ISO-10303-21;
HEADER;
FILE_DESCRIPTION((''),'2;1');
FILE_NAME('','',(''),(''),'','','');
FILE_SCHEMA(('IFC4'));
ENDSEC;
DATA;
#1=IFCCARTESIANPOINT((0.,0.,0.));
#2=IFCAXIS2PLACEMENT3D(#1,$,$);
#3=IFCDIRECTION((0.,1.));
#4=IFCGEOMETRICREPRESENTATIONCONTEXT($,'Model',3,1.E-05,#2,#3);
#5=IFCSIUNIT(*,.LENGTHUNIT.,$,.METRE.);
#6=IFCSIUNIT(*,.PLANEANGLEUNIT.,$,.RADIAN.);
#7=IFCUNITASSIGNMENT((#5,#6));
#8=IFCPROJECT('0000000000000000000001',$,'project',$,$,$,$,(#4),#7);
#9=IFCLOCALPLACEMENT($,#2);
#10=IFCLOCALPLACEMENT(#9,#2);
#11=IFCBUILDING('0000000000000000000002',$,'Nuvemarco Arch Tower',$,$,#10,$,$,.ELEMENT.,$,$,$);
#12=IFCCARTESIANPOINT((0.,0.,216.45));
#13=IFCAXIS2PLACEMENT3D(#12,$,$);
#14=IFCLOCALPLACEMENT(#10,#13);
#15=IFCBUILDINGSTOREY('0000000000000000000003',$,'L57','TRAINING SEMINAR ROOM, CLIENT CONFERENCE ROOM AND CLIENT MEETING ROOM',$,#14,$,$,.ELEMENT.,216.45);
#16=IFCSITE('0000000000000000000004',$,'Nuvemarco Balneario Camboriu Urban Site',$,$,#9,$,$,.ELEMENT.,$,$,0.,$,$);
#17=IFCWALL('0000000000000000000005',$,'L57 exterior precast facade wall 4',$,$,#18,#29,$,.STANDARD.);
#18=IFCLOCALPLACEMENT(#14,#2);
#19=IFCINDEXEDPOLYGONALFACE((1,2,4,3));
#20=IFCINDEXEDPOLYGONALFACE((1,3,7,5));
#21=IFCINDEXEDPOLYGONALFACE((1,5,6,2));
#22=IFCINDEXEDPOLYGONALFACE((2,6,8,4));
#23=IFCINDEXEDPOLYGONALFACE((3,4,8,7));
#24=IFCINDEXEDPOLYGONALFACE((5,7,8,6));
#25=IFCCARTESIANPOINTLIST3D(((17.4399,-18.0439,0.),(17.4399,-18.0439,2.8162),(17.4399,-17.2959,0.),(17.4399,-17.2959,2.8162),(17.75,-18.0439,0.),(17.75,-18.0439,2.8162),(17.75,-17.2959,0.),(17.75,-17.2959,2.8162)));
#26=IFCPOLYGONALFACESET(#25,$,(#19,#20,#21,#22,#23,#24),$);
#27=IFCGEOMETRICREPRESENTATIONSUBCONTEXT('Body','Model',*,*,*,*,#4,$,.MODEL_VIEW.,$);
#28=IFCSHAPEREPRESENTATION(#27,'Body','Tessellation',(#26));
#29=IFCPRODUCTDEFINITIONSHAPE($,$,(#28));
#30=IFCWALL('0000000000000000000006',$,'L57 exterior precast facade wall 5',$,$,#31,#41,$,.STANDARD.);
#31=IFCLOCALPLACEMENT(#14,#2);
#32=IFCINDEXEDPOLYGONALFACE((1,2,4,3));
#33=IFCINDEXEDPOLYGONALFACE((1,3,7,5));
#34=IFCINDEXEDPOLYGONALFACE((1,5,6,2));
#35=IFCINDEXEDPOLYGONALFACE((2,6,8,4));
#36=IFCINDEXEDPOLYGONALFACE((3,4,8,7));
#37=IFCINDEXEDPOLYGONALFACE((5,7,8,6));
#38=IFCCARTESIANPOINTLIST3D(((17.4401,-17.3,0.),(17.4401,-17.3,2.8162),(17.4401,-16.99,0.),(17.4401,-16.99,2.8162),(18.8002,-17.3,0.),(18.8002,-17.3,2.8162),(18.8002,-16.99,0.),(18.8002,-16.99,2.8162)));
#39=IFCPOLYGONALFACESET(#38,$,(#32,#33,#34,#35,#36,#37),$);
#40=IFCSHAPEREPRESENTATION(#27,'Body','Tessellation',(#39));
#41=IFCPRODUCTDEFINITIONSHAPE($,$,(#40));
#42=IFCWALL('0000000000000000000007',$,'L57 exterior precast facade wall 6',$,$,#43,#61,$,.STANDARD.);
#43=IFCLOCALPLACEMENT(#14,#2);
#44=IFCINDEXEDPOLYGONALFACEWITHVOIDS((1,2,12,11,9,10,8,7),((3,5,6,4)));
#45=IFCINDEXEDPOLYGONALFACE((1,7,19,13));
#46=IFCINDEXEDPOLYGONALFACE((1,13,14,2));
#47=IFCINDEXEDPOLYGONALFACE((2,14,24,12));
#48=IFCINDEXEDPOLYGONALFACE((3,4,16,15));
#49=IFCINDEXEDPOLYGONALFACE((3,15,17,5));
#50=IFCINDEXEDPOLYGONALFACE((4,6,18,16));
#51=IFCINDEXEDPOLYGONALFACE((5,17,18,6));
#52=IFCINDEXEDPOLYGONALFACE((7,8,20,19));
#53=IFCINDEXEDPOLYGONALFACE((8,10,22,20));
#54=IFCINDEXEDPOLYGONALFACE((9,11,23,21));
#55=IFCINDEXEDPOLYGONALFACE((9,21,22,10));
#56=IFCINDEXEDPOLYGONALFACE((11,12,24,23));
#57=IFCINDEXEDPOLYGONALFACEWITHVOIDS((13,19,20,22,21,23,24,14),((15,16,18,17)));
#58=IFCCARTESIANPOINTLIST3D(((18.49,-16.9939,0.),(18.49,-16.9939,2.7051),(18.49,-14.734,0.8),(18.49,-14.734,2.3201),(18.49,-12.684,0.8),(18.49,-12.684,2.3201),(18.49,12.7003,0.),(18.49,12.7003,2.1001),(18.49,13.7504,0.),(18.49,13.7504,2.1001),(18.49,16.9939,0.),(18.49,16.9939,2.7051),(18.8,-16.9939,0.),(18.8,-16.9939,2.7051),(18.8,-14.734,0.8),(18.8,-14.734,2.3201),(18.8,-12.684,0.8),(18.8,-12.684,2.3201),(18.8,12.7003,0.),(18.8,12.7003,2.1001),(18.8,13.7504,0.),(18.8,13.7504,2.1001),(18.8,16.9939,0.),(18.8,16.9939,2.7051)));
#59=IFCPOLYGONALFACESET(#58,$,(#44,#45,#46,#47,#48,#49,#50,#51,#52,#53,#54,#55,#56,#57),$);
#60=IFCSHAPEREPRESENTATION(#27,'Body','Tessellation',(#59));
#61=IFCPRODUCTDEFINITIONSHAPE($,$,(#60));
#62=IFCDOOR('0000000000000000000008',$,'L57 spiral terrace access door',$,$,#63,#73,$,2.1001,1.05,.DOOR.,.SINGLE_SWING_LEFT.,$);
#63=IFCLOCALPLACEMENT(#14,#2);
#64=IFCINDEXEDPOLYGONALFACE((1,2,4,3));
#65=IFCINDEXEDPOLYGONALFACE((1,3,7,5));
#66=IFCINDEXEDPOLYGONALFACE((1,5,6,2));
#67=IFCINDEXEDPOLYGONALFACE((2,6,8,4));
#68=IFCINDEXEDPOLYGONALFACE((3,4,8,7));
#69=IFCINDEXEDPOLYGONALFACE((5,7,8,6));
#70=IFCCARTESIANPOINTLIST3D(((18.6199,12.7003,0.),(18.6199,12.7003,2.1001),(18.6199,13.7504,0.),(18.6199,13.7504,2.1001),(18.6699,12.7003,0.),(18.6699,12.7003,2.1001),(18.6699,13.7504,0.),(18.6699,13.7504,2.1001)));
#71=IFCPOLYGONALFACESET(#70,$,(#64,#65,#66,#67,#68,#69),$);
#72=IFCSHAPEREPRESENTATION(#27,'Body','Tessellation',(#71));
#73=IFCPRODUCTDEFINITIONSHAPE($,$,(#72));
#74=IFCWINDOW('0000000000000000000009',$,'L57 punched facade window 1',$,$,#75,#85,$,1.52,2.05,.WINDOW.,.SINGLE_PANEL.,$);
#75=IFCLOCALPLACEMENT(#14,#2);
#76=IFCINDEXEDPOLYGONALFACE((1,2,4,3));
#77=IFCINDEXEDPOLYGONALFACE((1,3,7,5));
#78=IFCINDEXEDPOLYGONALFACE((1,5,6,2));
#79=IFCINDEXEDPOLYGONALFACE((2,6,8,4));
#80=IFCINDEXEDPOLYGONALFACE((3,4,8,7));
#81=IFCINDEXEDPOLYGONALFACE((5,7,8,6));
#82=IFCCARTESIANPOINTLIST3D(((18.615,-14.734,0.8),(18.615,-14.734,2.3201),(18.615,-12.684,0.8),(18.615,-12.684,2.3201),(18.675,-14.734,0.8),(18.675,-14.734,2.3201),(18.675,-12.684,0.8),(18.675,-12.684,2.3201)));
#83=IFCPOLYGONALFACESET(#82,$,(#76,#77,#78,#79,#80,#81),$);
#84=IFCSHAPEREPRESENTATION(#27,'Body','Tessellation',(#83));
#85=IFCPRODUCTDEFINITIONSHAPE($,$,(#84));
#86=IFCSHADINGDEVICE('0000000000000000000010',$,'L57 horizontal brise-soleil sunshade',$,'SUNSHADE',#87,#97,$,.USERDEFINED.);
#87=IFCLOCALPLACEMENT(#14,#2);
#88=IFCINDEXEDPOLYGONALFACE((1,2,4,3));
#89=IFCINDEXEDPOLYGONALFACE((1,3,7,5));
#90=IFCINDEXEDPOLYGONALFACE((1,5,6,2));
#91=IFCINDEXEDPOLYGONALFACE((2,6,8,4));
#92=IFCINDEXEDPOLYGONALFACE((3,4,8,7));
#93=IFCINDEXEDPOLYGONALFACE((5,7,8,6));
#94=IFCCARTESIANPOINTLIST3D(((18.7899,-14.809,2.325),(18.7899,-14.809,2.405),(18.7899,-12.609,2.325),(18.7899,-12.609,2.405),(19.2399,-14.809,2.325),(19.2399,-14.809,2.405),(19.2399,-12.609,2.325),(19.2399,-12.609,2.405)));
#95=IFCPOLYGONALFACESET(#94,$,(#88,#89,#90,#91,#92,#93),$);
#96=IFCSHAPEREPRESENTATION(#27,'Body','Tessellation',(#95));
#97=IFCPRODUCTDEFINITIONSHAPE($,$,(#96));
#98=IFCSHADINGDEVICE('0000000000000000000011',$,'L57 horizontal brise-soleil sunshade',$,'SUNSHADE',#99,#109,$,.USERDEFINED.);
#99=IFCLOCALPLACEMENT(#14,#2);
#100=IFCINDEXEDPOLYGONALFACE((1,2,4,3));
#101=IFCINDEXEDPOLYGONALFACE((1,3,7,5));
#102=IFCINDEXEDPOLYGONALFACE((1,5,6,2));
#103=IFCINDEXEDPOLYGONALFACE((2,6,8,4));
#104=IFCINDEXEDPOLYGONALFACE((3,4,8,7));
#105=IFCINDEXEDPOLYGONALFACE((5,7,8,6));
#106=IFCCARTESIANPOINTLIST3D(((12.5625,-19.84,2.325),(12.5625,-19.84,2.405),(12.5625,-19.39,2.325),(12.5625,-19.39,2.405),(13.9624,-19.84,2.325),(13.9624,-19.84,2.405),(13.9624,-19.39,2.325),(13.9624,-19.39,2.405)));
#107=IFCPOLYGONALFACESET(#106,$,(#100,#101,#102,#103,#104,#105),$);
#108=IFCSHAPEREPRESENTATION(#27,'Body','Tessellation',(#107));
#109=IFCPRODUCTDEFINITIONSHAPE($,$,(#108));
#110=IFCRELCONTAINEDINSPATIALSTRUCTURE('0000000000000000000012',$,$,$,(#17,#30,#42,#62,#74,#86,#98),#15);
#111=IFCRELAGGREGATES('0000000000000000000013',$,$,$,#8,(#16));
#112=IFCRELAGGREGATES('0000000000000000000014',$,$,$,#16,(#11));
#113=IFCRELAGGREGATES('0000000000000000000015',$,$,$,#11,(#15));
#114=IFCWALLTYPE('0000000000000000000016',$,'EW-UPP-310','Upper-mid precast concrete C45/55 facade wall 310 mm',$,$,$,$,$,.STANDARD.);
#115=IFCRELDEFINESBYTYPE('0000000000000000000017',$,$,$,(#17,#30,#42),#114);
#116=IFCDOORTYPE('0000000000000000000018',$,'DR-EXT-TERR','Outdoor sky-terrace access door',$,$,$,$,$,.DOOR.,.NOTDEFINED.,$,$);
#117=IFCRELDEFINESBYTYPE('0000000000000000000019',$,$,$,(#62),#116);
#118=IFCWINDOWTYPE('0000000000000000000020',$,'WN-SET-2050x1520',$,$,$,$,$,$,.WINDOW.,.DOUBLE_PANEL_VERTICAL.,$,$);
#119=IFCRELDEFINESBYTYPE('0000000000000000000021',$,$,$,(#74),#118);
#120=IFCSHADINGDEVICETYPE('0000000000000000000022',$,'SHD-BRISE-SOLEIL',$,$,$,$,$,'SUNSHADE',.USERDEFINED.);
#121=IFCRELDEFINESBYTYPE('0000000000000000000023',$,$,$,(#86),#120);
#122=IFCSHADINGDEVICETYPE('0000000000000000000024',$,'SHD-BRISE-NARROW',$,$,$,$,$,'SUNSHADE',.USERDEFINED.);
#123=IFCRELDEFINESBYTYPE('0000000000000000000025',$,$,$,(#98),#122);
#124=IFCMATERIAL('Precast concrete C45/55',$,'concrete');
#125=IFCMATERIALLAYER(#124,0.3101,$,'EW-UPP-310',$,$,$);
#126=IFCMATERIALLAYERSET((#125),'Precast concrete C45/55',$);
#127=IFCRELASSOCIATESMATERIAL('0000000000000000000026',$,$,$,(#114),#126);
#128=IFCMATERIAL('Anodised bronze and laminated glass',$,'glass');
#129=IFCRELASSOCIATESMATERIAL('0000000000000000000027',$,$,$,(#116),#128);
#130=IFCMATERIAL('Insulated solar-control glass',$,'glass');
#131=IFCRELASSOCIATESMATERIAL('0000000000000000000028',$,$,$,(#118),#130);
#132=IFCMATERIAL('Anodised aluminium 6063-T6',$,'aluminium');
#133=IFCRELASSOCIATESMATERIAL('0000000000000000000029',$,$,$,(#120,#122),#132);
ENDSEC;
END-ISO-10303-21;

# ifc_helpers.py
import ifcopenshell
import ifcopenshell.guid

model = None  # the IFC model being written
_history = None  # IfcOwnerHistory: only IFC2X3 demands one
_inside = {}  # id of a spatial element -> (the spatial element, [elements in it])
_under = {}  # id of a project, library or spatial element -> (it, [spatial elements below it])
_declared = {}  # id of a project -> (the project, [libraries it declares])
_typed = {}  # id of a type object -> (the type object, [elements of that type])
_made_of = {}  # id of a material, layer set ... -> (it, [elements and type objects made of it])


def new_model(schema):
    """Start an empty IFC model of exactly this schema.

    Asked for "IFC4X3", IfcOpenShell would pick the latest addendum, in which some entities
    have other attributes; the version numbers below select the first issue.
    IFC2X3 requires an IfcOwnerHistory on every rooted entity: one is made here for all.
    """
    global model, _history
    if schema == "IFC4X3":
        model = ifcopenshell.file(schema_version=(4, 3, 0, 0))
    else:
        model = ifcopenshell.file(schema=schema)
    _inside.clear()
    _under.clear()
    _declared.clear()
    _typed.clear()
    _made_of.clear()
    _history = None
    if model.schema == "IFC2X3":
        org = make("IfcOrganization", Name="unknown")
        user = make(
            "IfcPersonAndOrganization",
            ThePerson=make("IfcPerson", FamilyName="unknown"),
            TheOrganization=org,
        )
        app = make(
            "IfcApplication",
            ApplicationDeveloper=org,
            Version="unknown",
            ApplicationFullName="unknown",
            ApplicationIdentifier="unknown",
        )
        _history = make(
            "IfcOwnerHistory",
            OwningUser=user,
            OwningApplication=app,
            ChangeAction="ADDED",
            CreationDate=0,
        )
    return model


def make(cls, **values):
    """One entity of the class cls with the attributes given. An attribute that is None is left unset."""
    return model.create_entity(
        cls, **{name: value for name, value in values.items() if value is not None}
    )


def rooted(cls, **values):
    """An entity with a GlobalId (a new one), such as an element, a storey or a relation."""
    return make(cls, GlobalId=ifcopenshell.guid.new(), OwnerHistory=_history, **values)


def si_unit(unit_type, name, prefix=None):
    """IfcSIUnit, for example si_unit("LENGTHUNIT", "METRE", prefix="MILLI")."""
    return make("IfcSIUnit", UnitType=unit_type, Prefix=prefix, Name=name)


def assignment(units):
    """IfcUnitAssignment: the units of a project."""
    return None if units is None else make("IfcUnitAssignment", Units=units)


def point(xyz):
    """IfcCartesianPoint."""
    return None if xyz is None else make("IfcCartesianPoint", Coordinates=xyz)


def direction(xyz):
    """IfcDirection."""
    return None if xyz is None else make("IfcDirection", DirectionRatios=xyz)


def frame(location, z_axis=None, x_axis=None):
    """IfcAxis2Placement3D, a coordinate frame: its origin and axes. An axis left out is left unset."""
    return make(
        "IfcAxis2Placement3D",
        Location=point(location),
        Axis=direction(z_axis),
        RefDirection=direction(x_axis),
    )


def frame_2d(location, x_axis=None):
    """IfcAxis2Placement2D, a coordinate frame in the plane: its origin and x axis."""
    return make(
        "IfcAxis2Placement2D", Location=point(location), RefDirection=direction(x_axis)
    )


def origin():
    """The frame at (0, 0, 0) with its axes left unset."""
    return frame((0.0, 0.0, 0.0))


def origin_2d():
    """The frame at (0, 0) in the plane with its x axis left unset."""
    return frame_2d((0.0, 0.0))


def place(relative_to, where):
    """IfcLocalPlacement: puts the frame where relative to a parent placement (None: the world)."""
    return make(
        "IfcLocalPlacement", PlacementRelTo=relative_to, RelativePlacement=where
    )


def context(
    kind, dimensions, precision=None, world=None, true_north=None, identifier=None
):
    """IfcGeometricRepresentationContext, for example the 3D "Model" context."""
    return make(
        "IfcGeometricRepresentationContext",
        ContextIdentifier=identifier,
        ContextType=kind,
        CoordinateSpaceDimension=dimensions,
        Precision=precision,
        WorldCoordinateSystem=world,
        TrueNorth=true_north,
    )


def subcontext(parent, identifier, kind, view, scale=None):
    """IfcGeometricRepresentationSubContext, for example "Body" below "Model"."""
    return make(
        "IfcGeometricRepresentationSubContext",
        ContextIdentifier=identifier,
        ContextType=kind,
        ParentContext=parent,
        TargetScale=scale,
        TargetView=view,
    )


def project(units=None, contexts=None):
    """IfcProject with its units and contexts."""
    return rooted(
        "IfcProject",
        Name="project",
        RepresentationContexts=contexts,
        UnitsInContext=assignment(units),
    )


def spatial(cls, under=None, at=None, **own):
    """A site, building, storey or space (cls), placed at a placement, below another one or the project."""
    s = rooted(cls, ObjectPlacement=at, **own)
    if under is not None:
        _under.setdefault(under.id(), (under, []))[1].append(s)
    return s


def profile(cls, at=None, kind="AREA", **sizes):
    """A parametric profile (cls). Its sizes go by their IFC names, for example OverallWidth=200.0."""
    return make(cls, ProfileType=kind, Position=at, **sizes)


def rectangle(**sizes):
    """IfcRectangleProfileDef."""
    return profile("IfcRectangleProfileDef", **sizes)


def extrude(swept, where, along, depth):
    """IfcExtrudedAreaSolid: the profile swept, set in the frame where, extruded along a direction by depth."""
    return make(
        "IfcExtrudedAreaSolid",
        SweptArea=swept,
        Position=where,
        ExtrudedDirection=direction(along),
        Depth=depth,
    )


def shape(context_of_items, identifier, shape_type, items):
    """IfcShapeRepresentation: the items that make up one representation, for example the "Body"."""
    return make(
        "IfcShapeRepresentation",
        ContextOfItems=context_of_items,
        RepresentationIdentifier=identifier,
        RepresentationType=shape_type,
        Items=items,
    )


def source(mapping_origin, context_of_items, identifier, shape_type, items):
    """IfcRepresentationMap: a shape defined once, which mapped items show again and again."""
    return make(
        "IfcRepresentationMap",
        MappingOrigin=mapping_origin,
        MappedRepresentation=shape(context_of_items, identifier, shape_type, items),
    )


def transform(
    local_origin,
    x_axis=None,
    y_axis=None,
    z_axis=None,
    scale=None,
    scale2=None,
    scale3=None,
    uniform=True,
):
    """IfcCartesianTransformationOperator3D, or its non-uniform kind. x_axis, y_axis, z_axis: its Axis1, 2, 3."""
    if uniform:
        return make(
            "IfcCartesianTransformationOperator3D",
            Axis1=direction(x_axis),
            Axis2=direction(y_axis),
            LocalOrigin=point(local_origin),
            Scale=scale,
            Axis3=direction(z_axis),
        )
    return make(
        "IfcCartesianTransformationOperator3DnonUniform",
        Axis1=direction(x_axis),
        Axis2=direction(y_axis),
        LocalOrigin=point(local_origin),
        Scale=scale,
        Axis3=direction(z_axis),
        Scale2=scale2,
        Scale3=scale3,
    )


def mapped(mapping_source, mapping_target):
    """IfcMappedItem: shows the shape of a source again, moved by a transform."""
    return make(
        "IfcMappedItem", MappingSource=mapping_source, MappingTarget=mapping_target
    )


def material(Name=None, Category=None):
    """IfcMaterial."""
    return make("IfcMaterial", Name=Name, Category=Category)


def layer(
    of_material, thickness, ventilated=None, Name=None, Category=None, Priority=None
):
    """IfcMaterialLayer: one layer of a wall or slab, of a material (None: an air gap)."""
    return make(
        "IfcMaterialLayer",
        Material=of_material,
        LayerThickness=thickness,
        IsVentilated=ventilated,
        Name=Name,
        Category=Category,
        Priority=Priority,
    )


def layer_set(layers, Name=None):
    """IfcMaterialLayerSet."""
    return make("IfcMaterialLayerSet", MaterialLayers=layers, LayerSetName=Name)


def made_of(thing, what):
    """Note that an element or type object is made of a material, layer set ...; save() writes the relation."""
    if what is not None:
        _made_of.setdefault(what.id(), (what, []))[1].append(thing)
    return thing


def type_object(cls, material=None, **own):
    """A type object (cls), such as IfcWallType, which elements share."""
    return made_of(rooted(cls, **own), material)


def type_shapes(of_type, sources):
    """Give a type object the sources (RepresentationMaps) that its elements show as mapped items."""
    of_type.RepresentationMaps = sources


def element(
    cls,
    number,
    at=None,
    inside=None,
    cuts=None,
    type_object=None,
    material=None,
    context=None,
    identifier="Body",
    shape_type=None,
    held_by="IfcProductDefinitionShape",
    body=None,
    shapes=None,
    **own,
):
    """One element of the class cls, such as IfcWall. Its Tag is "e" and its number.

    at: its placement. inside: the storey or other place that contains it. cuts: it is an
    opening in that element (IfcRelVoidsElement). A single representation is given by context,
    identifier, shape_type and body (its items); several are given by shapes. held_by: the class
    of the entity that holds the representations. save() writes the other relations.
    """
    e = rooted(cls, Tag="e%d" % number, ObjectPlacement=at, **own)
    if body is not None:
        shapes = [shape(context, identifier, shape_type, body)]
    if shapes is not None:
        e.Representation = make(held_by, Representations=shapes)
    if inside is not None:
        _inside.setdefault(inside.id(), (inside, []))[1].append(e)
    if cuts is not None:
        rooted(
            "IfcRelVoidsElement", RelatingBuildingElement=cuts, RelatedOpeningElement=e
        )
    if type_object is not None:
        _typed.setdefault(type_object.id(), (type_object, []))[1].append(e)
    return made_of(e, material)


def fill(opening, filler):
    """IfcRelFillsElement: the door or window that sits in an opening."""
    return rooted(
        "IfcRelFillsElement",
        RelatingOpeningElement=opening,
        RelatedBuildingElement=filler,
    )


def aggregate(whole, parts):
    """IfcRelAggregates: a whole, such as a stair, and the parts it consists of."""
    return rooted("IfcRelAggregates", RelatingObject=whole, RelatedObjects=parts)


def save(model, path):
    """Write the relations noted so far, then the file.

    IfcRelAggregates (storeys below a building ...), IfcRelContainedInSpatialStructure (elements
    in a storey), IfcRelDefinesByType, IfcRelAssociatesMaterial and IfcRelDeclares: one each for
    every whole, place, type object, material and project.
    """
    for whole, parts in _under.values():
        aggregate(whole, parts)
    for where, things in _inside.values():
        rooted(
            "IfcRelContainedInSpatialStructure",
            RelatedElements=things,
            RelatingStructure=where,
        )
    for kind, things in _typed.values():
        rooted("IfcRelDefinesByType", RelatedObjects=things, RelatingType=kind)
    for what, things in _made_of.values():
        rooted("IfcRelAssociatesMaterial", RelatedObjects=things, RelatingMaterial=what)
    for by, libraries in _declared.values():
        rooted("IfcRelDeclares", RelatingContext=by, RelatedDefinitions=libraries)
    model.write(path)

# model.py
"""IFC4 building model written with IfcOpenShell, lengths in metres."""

from ifc_helpers import new_model, si_unit, direction, frame, frame_2d, origin, origin_2d, place, context, subcontext, project, spatial, rectangle, extrude, source, transform, mapped, material, layer, layer_set, type_object, type_shapes, element, fill, save


model = new_model("IFC4")

# Units and contexts
model_context = context("Model", 3, precision=1e-05, world=origin(), true_north=direction((0.0, 1.0)))
body_context = subcontext(model_context, "Body", "Model", "MODEL_VIEW")
ifc_project = project(units=[si_unit("LENGTHUNIT", "METRE"), si_unit("PLANEANGLEUNIT", "RADIAN")], contexts=[model_context])

# Site, building, storey
site_placement = place(None, origin())
site = spatial("IfcSite", under=ifc_project, at=site_placement, Name="Nuvemarco Balneario Camboriu Urban Site", CompositionType="ELEMENT", RefElevation=0.0)
building_placement = place(site_placement, origin())
building = spatial("IfcBuilding", under=site, at=building_placement, Name="Nuvemarco Arch Tower", CompositionType="ELEMENT")
storey_placement = place(building_placement, frame((0.0, 0.0, 216.45)))
storey = spatial("IfcBuildingStorey", under=building, at=storey_placement, Name="L57", Description="TRAINING SEMINAR ROOM, CLIENT CONFERENCE ROOM AND CLIENT MEETING ROOM", CompositionType="ELEMENT", Elevation=216.45)

# Shared definitions
ifc_material_1 = material(Name="Precast concrete C45/55", Category="concrete")

# Walls
ifc_layer = layer(ifc_material_1, 0.3101, Name="EW-UPP-310")
ifc_layer_set = layer_set([ifc_layer], Name="Precast concrete C45/55")
wall_type = type_object("IfcWallType", Name="EW-UPP-310", Description="Upper-mid precast concrete C45/55 facade wall 310 mm", PredefinedType="STANDARD", material=ifc_layer_set)
wall_1_placement = place(storey_placement, frame((17.595, -18.0439, 0.0), z_axis=(0.0, 0.0, 1.0), x_axis=(0.0, 1.0, 0.0)))
element("IfcWall", 1, at=wall_1_placement, inside=storey, type_object=wall_type, Name="L57 exterior precast facade wall 4", PredefinedType="STANDARD", context=body_context, shape_type="SweptSolid", body=[
    extrude(rectangle(XDim=0.748, YDim=0.3101, at=frame_2d((0.374, 0.0))), origin(), (0.0, 0.0, 1.0), 2.8162),
])
wall_2_placement = place(storey_placement, frame((17.4399, -17.145, 0.0), z_axis=(0.0, 0.0, 1.0), x_axis=(1.0, 0.0, 0.0)))
element("IfcWall", 2, at=wall_2_placement, inside=storey, type_object=wall_type, Name="L57 exterior precast facade wall 5", PredefinedType="STANDARD", context=body_context, shape_type="SweptSolid", body=[
    extrude(rectangle(XDim=1.3601, YDim=0.3101, at=frame_2d((0.6802, 0.0))), origin(), (0.0, 0.0, 1.0), 2.8162),
])

# Wall, openings, door, window
wall_3_placement = place(storey_placement, frame((18.645, -16.9939, 0.0), z_axis=(0.0, 0.0, 1.0), x_axis=(0.0, 1.0, 0.0)))
wall_3 = element("IfcWall", 3, at=wall_3_placement, inside=storey, type_object=wall_type, Name="L57 exterior precast facade wall 6", PredefinedType="STANDARD", context=body_context, shape_type="SweptSolid", body=[
    extrude(rectangle(XDim=33.9878, YDim=0.3101, at=frame_2d((16.9939, 0.0))), origin(), (0.0, 0.0, 1.0), 2.7051),
])
opening_1_placement = place(wall_3_placement, frame((30.7441, 0.0, 0.0), z_axis=(0.0, 0.0, 1.0), x_axis=(-1.0, 0.0, 0.0)))
opening_1 = element("IfcOpeningElement", 4, at=opening_1_placement, cuts=wall_3, PredefinedType="OPENING", context=body_context, shape_type="SweptSolid", body=[
    extrude(rectangle(XDim=1.05, YDim=2.1001, at=frame_2d((0.5249, 1.05))), frame((0.0, 0.165, 0.0), z_axis=(0.0, -1.0, 0.0), x_axis=(1.0, 0.0, 0.0)), (0.0, 0.0, 1.0), 0.3301),
])
opening_2_placement = place(wall_3_placement, frame((2.26, 0.0, 0.8)))
opening_2 = element("IfcOpeningElement", 5, at=opening_2_placement, cuts=wall_3, PredefinedType="OPENING", context=body_context, shape_type="SweptSolid", body=[
    extrude(rectangle(XDim=2.05, YDim=1.52, at=frame_2d((1.0249, 0.76))), frame((0.0, 0.165, 0.0), z_axis=(0.0, -1.0, 0.0), x_axis=(1.0, 0.0, 0.0)), (0.0, 0.0, 1.0), 0.3301),
])
ifc_material_2 = material(Name="Anodised bronze and laminated glass", Category="glass")
door_type = type_object("IfcDoorType", Name="DR-EXT-TERR", Description="Outdoor sky-terrace access door", OperationType="NOTDEFINED", PredefinedType="DOOR", material=ifc_material_2)
shared_shape_1 = source(origin(), body_context, "Body", "SweptSolid", [
    extrude(rectangle(XDim=1.05, YDim=2.1001, at=frame_2d((0.5249, 1.05))), frame((0.0, 0.0249, 0.0), z_axis=(0.0, -1.0, 0.0), x_axis=(1.0, 0.0, 0.0)), (0.0, 0.0, 1.0), 0.05),
])
type_shapes(door_type, [shared_shape_1])
door_placement = place(opening_1_placement, origin())
door = element("IfcDoor", 6, at=door_placement, inside=storey, type_object=door_type, Name="L57 spiral terrace access door", OperationType="SINGLE_SWING_LEFT", OverallHeight=2.1001, OverallWidth=1.05, PredefinedType="DOOR", context=body_context, shape_type="MappedRepresentation", body=[
    mapped(shared_shape_1, transform((0.0, 0.0, 0.0), scale=1.0)),
])
fill(opening_1, door)
ifc_material_3 = material(Name="Insulated solar-control glass", Category="glass")
window_type = type_object("IfcWindowType", Name="WN-SET-2050x1520", PartitioningType="DOUBLE_PANEL_VERTICAL", PredefinedType="WINDOW", material=ifc_material_3)
shared_shape_2 = source(origin(), body_context, "Body", "SweptSolid", [
    extrude(rectangle(XDim=2.05, YDim=1.52, at=frame_2d((1.0249, 0.76))), frame((0.0, 0.03, 0.0), z_axis=(0.0, -1.0, 0.0), x_axis=(1.0, 0.0, 0.0)), (0.0, 0.0, 1.0), 0.0601),
])
type_shapes(window_type, [shared_shape_2])
window_placement = place(opening_2_placement, origin())
window = element("IfcWindow", 7, at=window_placement, inside=storey, type_object=window_type, Name="L57 punched facade window 1", OverallHeight=1.52, OverallWidth=2.05, PartitioningType="SINGLE_PANEL", PredefinedType="WINDOW", context=body_context, shape_type="MappedRepresentation", body=[
    mapped(shared_shape_2, transform((0.0, 0.0, 0.0), scale=1.0)),
])
fill(opening_2, window)

# Shading devices
ifc_material_4 = material(Name="Anodised aluminium 6063-T6", Category="aluminium")
shading_device_type_1 = type_object("IfcShadingDeviceType", Name="SHD-BRISE-SOLEIL", ElementType="SUNSHADE", PredefinedType="USERDEFINED", material=ifc_material_4)
shared_shape_3 = source(origin(), body_context, "Body", "SweptSolid", [
    extrude(rectangle(XDim=2.2, YDim=0.45, at=origin_2d()), origin(), (0.0, 0.0, 1.0), 0.0801),
])
type_shapes(shading_device_type_1, [shared_shape_3])
shading_device_1_placement = place(storey_placement, frame((19.0149, -13.709, 2.325), z_axis=(0.0, 0.0, 1.0), x_axis=(0.0, 1.0, 0.0)))
element("IfcShadingDevice", 8, at=shading_device_1_placement, inside=storey, type_object=shading_device_type_1, Name="L57 horizontal brise-soleil sunshade", ObjectType="SUNSHADE", PredefinedType="USERDEFINED", context=body_context, shape_type="MappedRepresentation", body=[
    mapped(shared_shape_3, transform((0.0, 0.0, 0.0), scale=1.0)),
])
shading_device_type_2 = type_object("IfcShadingDeviceType", Name="SHD-BRISE-NARROW", ElementType="SUNSHADE", PredefinedType="USERDEFINED", material=ifc_material_4)
shared_shape_4 = source(origin(), body_context, "Body", "SweptSolid", [
    extrude(rectangle(XDim=1.3999, YDim=0.45, at=origin_2d()), origin(), (0.0, 0.0, 1.0), 0.0801),
])
type_shapes(shading_device_type_2, [shared_shape_4])
shading_device_2_placement = place(storey_placement, frame((13.2625, -19.615, 2.325), z_axis=(0.0, 0.0, 1.0), x_axis=(1.0, 0.0, 0.0)))
element("IfcShadingDevice", 9, at=shading_device_2_placement, inside=storey, type_object=shading_device_type_2, Name="L57 horizontal brise-soleil sunshade", ObjectType="SUNSHADE", PredefinedType="USERDEFINED", context=body_context, shape_type="MappedRepresentation", body=[
    mapped(shared_shape_4, transform((0.0, 0.0, 0.0), scale=1.0)),
])

save(model, "model.ifc")
